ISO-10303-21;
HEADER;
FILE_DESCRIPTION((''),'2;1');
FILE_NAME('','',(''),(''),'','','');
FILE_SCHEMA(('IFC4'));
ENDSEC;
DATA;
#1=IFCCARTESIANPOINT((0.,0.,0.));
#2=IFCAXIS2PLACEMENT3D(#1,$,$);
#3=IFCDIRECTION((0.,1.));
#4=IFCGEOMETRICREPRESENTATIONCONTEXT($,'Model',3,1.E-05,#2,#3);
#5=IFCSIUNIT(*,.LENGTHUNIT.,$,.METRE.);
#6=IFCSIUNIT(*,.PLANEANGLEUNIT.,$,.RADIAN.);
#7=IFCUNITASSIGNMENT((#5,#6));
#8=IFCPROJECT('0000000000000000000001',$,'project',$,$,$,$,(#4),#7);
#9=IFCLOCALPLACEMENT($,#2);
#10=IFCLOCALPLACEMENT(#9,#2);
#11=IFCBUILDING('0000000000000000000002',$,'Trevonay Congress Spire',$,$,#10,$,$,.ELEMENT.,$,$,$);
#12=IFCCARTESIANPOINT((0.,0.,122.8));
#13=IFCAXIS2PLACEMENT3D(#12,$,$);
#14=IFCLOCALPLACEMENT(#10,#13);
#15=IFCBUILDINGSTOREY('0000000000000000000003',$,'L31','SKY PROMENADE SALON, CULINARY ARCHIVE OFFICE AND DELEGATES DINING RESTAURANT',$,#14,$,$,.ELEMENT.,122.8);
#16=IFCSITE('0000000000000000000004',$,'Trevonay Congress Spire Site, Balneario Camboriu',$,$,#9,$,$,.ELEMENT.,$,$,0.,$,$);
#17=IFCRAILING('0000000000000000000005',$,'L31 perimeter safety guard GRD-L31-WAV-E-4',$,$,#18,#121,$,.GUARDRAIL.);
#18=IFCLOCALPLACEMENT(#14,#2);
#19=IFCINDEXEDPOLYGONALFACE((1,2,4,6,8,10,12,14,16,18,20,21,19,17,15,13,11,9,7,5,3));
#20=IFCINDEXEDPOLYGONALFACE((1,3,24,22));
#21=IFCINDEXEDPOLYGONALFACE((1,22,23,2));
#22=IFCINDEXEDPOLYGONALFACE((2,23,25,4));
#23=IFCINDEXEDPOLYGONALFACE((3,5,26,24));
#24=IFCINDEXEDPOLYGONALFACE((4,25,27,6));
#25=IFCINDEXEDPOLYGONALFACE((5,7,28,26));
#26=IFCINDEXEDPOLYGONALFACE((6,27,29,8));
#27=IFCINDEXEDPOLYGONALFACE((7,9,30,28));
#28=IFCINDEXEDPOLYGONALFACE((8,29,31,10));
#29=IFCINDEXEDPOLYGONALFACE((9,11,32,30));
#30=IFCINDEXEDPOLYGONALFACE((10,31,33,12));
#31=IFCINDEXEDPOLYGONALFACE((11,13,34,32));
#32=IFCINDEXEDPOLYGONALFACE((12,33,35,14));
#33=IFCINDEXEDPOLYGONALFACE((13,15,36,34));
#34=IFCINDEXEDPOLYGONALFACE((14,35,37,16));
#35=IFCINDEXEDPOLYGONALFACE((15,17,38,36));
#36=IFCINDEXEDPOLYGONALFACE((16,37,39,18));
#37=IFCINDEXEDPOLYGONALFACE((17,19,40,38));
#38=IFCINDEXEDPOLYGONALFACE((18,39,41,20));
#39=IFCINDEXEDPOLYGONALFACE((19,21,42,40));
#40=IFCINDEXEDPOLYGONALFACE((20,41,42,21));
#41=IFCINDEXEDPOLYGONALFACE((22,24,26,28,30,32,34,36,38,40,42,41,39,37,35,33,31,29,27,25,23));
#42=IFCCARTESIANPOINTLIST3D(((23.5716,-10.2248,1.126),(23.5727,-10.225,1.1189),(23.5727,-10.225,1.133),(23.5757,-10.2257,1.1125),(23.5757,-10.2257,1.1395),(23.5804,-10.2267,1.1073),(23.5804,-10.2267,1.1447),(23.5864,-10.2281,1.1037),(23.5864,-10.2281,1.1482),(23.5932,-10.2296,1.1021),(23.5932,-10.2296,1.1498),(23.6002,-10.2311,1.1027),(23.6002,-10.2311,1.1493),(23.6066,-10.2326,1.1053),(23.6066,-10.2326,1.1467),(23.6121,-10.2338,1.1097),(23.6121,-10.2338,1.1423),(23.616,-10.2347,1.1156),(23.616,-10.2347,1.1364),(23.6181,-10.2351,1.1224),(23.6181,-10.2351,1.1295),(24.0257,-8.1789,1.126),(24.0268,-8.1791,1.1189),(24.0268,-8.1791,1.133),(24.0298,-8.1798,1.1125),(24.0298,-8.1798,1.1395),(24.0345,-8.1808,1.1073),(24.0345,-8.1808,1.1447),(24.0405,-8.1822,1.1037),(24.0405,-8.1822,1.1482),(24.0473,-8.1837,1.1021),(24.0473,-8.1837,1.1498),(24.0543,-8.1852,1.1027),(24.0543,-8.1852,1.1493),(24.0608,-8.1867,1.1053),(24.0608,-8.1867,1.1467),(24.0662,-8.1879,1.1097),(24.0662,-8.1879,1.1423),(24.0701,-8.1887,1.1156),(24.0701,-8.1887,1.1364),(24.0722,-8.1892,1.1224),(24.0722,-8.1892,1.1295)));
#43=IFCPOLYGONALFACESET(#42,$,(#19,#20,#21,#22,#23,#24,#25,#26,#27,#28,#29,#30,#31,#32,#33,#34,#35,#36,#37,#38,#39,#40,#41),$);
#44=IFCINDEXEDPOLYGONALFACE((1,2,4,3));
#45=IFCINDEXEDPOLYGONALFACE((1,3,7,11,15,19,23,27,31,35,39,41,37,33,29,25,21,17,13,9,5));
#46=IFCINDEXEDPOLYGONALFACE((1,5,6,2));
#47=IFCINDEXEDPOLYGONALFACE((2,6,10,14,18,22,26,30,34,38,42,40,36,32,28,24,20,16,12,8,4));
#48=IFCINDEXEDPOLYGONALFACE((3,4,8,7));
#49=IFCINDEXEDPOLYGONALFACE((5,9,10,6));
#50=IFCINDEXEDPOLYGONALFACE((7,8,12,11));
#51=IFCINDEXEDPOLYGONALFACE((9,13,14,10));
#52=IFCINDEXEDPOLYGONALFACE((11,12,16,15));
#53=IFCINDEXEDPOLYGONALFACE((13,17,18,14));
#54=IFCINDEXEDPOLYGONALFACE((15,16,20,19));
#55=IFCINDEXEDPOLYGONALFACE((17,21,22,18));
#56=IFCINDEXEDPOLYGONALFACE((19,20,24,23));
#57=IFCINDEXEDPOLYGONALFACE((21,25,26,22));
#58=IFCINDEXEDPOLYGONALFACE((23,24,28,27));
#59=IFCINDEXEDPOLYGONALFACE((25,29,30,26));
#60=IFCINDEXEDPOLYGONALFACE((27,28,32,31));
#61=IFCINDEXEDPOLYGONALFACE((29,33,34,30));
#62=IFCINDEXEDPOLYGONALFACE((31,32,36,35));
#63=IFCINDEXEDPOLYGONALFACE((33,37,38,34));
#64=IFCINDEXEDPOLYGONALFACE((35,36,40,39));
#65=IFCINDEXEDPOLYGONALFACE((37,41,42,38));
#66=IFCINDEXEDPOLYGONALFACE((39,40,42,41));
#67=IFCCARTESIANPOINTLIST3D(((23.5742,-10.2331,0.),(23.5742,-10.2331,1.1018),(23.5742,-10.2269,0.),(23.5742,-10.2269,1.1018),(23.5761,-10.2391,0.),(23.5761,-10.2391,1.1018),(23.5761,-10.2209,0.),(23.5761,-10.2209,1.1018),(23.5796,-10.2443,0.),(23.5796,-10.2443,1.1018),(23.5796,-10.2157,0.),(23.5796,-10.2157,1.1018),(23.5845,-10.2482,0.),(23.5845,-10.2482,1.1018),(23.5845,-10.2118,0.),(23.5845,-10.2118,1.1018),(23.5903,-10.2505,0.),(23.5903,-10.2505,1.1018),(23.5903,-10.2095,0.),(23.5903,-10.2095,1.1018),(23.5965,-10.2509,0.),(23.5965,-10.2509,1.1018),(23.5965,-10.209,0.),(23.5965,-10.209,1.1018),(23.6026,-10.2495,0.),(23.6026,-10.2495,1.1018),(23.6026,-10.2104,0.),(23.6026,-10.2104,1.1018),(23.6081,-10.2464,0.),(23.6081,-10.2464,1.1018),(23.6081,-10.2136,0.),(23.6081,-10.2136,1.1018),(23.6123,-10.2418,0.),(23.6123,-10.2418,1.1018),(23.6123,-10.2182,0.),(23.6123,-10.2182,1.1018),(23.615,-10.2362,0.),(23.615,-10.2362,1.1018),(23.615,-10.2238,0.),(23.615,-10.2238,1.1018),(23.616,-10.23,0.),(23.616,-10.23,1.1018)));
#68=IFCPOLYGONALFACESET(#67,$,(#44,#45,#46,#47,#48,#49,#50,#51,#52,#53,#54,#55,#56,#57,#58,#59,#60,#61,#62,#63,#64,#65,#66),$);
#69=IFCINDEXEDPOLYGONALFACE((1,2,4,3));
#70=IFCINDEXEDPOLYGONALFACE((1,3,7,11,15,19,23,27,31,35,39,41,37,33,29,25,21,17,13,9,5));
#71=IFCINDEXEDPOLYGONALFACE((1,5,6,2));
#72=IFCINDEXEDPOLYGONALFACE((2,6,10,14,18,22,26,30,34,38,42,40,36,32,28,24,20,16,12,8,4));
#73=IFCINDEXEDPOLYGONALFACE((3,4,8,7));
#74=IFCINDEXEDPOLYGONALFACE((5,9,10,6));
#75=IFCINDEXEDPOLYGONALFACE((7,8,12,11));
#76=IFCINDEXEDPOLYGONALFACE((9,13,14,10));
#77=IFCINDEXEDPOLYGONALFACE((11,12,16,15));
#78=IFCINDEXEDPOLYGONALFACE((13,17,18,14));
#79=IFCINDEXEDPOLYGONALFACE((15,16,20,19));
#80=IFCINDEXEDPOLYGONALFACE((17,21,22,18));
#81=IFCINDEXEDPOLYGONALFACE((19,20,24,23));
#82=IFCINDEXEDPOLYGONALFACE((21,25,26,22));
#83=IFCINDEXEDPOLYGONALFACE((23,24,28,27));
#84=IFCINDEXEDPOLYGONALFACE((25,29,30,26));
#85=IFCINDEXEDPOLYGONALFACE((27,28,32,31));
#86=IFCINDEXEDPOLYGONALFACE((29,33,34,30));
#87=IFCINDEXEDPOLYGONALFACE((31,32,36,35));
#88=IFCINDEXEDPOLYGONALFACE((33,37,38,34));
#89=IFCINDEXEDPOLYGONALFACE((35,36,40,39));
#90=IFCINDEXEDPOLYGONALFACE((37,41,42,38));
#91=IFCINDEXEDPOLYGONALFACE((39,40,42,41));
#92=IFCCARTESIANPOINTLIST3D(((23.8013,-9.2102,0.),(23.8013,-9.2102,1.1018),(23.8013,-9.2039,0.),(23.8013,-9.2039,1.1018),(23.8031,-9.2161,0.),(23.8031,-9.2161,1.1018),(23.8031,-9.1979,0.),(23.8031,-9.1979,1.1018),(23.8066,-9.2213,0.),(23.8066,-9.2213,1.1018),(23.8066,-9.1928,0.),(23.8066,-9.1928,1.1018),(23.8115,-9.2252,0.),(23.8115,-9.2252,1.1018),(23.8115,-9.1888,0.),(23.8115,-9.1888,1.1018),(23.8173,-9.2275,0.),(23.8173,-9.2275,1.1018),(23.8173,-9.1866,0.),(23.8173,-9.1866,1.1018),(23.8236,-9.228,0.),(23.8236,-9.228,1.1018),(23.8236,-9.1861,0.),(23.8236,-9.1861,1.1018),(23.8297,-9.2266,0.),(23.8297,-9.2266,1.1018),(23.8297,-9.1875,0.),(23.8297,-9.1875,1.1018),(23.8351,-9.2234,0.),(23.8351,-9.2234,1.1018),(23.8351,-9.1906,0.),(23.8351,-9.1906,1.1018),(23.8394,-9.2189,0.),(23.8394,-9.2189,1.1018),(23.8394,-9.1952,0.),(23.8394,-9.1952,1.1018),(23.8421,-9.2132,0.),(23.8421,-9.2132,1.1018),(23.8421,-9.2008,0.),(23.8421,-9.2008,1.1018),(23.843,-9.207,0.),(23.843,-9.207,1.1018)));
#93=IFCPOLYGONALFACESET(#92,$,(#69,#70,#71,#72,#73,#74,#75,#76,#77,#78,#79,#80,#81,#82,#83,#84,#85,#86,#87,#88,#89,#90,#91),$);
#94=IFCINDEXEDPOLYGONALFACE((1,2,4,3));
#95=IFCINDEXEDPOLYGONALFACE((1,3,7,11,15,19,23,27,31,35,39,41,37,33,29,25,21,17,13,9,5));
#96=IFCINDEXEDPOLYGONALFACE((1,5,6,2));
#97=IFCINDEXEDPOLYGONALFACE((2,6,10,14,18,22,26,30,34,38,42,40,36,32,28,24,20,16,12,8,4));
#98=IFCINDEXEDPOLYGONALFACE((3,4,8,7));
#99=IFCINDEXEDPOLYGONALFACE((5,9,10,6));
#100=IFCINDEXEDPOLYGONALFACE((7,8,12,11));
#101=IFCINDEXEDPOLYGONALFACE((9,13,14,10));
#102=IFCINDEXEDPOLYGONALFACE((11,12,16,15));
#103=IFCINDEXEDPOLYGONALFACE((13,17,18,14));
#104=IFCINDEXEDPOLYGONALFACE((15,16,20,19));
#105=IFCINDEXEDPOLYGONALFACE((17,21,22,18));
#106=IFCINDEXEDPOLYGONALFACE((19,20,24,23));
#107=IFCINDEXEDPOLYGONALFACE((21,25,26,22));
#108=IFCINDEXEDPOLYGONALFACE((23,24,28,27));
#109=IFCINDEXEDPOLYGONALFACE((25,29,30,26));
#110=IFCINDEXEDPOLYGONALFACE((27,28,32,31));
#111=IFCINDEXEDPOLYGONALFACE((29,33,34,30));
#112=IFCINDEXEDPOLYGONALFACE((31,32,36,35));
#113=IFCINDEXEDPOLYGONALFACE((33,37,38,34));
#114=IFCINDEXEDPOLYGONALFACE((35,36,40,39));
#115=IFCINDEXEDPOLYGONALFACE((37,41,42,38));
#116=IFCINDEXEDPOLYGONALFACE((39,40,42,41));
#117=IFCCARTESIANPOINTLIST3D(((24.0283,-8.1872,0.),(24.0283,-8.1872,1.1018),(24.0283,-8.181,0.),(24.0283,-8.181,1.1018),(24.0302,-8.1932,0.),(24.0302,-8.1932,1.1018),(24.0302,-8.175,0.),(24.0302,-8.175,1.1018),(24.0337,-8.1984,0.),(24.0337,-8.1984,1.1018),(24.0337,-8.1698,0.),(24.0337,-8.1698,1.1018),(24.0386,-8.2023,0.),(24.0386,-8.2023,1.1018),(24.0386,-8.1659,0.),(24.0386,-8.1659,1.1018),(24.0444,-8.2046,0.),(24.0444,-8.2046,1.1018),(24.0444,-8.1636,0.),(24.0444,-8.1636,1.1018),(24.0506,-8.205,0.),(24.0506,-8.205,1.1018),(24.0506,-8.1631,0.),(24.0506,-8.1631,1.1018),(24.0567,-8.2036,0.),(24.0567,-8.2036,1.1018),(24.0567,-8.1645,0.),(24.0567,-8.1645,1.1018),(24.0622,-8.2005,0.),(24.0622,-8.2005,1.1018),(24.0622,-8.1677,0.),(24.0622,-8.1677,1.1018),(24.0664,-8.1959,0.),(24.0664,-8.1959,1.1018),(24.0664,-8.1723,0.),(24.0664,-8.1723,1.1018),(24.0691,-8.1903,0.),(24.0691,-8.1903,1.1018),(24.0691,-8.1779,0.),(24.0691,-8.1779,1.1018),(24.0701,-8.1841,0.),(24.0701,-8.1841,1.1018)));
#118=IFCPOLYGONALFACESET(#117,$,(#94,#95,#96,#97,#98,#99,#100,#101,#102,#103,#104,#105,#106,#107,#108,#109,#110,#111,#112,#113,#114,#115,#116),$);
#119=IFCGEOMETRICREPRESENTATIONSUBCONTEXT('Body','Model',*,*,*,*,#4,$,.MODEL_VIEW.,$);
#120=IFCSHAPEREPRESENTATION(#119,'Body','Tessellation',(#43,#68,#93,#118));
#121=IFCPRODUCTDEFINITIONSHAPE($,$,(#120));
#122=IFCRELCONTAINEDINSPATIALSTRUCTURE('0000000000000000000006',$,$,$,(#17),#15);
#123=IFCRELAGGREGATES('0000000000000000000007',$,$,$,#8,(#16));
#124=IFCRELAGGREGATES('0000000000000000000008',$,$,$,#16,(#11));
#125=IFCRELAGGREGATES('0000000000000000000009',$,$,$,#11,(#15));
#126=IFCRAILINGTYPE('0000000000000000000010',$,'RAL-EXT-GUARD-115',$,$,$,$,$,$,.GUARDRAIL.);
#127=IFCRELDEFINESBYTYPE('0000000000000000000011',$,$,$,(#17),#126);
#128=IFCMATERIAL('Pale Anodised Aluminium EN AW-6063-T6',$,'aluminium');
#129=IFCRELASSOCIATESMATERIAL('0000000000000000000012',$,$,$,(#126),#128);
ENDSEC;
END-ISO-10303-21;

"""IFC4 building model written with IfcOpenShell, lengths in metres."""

from ifc_helpers import new_model, si_unit, direction, frame, origin, origin_2d, place, context, subcontext, project, spatial, circle, extrude, material, type_object, element, save


model = new_model("IFC4")

# Units and contexts
model_context = context("Model", 3, precision=1e-05, world=origin(), true_north=direction((0.0, 1.0)))
body_context = subcontext(model_context, "Body", "Model", "MODEL_VIEW")
ifc_project = project(units=[si_unit("LENGTHUNIT", "METRE"), si_unit("PLANEANGLEUNIT", "RADIAN")], contexts=[model_context])

# Site, building, storey
site_placement = place(None, origin())
site = spatial("IfcSite", under=ifc_project, at=site_placement, Name="Trevonay Congress Spire Site, Balneario Camboriu", CompositionType="ELEMENT", RefElevation=0.0)
building_placement = place(site_placement, origin())
building = spatial("IfcBuilding", under=site, at=building_placement, Name="Trevonay Congress Spire", CompositionType="ELEMENT")
storey_placement = place(building_placement, frame((0.0, 0.0, 122.8)))
storey = spatial("IfcBuildingStorey", under=building, at=storey_placement, Name="L31", Description="SKY PROMENADE SALON, CULINARY ARCHIVE OFFICE AND DELEGATES DINING RESTAURANT", CompositionType="ELEMENT", Elevation=122.8)

# Shared definitions
ifc_material_1 = material(Name="Pale Anodised Aluminium EN AW-6063-T6", Category="aluminium")

# Railing
railing_type = type_object("IfcRailingType", Name="RAL-EXT-GUARD-115", PredefinedType="GUARDRAIL", material=ifc_material_1)
railing_1_placement = place(storey_placement, frame((23.595, -10.23, 0.0)))
element("IfcRailing", 1, at=railing_1_placement, inside=storey, type_object=railing_type, Name="L31 perimeter safety guard GRD-L31-WAV-E-4", PredefinedType="GUARDRAIL", context=body_context, shape_type="SweptSolid", body=[
    extrude(circle(Radius=0.0239, at=origin_2d()), frame((0.0, 0.0, 1.126), z_axis=(0.216684, 0.976242, 0.0), x_axis=(-0.976242, 0.216684, 0.0)), (0.0, 0.0, 1.0), 2.0957),
    extrude(circle(Radius=0.021, at=origin_2d()), origin(), (0.0, 0.0, 1.0), 1.1018),
    extrude(circle(Radius=0.021, at=origin_2d()), frame((0.2271, 1.0229, 0.0)), (0.0, 0.0, 1.0), 1.1018),
    extrude(circle(Radius=0.021, at=origin_2d()), frame((0.4541, 2.0459, 0.0)), (0.0, 0.0, 1.0), 1.1018),
])

save(model, "model.ifc")
